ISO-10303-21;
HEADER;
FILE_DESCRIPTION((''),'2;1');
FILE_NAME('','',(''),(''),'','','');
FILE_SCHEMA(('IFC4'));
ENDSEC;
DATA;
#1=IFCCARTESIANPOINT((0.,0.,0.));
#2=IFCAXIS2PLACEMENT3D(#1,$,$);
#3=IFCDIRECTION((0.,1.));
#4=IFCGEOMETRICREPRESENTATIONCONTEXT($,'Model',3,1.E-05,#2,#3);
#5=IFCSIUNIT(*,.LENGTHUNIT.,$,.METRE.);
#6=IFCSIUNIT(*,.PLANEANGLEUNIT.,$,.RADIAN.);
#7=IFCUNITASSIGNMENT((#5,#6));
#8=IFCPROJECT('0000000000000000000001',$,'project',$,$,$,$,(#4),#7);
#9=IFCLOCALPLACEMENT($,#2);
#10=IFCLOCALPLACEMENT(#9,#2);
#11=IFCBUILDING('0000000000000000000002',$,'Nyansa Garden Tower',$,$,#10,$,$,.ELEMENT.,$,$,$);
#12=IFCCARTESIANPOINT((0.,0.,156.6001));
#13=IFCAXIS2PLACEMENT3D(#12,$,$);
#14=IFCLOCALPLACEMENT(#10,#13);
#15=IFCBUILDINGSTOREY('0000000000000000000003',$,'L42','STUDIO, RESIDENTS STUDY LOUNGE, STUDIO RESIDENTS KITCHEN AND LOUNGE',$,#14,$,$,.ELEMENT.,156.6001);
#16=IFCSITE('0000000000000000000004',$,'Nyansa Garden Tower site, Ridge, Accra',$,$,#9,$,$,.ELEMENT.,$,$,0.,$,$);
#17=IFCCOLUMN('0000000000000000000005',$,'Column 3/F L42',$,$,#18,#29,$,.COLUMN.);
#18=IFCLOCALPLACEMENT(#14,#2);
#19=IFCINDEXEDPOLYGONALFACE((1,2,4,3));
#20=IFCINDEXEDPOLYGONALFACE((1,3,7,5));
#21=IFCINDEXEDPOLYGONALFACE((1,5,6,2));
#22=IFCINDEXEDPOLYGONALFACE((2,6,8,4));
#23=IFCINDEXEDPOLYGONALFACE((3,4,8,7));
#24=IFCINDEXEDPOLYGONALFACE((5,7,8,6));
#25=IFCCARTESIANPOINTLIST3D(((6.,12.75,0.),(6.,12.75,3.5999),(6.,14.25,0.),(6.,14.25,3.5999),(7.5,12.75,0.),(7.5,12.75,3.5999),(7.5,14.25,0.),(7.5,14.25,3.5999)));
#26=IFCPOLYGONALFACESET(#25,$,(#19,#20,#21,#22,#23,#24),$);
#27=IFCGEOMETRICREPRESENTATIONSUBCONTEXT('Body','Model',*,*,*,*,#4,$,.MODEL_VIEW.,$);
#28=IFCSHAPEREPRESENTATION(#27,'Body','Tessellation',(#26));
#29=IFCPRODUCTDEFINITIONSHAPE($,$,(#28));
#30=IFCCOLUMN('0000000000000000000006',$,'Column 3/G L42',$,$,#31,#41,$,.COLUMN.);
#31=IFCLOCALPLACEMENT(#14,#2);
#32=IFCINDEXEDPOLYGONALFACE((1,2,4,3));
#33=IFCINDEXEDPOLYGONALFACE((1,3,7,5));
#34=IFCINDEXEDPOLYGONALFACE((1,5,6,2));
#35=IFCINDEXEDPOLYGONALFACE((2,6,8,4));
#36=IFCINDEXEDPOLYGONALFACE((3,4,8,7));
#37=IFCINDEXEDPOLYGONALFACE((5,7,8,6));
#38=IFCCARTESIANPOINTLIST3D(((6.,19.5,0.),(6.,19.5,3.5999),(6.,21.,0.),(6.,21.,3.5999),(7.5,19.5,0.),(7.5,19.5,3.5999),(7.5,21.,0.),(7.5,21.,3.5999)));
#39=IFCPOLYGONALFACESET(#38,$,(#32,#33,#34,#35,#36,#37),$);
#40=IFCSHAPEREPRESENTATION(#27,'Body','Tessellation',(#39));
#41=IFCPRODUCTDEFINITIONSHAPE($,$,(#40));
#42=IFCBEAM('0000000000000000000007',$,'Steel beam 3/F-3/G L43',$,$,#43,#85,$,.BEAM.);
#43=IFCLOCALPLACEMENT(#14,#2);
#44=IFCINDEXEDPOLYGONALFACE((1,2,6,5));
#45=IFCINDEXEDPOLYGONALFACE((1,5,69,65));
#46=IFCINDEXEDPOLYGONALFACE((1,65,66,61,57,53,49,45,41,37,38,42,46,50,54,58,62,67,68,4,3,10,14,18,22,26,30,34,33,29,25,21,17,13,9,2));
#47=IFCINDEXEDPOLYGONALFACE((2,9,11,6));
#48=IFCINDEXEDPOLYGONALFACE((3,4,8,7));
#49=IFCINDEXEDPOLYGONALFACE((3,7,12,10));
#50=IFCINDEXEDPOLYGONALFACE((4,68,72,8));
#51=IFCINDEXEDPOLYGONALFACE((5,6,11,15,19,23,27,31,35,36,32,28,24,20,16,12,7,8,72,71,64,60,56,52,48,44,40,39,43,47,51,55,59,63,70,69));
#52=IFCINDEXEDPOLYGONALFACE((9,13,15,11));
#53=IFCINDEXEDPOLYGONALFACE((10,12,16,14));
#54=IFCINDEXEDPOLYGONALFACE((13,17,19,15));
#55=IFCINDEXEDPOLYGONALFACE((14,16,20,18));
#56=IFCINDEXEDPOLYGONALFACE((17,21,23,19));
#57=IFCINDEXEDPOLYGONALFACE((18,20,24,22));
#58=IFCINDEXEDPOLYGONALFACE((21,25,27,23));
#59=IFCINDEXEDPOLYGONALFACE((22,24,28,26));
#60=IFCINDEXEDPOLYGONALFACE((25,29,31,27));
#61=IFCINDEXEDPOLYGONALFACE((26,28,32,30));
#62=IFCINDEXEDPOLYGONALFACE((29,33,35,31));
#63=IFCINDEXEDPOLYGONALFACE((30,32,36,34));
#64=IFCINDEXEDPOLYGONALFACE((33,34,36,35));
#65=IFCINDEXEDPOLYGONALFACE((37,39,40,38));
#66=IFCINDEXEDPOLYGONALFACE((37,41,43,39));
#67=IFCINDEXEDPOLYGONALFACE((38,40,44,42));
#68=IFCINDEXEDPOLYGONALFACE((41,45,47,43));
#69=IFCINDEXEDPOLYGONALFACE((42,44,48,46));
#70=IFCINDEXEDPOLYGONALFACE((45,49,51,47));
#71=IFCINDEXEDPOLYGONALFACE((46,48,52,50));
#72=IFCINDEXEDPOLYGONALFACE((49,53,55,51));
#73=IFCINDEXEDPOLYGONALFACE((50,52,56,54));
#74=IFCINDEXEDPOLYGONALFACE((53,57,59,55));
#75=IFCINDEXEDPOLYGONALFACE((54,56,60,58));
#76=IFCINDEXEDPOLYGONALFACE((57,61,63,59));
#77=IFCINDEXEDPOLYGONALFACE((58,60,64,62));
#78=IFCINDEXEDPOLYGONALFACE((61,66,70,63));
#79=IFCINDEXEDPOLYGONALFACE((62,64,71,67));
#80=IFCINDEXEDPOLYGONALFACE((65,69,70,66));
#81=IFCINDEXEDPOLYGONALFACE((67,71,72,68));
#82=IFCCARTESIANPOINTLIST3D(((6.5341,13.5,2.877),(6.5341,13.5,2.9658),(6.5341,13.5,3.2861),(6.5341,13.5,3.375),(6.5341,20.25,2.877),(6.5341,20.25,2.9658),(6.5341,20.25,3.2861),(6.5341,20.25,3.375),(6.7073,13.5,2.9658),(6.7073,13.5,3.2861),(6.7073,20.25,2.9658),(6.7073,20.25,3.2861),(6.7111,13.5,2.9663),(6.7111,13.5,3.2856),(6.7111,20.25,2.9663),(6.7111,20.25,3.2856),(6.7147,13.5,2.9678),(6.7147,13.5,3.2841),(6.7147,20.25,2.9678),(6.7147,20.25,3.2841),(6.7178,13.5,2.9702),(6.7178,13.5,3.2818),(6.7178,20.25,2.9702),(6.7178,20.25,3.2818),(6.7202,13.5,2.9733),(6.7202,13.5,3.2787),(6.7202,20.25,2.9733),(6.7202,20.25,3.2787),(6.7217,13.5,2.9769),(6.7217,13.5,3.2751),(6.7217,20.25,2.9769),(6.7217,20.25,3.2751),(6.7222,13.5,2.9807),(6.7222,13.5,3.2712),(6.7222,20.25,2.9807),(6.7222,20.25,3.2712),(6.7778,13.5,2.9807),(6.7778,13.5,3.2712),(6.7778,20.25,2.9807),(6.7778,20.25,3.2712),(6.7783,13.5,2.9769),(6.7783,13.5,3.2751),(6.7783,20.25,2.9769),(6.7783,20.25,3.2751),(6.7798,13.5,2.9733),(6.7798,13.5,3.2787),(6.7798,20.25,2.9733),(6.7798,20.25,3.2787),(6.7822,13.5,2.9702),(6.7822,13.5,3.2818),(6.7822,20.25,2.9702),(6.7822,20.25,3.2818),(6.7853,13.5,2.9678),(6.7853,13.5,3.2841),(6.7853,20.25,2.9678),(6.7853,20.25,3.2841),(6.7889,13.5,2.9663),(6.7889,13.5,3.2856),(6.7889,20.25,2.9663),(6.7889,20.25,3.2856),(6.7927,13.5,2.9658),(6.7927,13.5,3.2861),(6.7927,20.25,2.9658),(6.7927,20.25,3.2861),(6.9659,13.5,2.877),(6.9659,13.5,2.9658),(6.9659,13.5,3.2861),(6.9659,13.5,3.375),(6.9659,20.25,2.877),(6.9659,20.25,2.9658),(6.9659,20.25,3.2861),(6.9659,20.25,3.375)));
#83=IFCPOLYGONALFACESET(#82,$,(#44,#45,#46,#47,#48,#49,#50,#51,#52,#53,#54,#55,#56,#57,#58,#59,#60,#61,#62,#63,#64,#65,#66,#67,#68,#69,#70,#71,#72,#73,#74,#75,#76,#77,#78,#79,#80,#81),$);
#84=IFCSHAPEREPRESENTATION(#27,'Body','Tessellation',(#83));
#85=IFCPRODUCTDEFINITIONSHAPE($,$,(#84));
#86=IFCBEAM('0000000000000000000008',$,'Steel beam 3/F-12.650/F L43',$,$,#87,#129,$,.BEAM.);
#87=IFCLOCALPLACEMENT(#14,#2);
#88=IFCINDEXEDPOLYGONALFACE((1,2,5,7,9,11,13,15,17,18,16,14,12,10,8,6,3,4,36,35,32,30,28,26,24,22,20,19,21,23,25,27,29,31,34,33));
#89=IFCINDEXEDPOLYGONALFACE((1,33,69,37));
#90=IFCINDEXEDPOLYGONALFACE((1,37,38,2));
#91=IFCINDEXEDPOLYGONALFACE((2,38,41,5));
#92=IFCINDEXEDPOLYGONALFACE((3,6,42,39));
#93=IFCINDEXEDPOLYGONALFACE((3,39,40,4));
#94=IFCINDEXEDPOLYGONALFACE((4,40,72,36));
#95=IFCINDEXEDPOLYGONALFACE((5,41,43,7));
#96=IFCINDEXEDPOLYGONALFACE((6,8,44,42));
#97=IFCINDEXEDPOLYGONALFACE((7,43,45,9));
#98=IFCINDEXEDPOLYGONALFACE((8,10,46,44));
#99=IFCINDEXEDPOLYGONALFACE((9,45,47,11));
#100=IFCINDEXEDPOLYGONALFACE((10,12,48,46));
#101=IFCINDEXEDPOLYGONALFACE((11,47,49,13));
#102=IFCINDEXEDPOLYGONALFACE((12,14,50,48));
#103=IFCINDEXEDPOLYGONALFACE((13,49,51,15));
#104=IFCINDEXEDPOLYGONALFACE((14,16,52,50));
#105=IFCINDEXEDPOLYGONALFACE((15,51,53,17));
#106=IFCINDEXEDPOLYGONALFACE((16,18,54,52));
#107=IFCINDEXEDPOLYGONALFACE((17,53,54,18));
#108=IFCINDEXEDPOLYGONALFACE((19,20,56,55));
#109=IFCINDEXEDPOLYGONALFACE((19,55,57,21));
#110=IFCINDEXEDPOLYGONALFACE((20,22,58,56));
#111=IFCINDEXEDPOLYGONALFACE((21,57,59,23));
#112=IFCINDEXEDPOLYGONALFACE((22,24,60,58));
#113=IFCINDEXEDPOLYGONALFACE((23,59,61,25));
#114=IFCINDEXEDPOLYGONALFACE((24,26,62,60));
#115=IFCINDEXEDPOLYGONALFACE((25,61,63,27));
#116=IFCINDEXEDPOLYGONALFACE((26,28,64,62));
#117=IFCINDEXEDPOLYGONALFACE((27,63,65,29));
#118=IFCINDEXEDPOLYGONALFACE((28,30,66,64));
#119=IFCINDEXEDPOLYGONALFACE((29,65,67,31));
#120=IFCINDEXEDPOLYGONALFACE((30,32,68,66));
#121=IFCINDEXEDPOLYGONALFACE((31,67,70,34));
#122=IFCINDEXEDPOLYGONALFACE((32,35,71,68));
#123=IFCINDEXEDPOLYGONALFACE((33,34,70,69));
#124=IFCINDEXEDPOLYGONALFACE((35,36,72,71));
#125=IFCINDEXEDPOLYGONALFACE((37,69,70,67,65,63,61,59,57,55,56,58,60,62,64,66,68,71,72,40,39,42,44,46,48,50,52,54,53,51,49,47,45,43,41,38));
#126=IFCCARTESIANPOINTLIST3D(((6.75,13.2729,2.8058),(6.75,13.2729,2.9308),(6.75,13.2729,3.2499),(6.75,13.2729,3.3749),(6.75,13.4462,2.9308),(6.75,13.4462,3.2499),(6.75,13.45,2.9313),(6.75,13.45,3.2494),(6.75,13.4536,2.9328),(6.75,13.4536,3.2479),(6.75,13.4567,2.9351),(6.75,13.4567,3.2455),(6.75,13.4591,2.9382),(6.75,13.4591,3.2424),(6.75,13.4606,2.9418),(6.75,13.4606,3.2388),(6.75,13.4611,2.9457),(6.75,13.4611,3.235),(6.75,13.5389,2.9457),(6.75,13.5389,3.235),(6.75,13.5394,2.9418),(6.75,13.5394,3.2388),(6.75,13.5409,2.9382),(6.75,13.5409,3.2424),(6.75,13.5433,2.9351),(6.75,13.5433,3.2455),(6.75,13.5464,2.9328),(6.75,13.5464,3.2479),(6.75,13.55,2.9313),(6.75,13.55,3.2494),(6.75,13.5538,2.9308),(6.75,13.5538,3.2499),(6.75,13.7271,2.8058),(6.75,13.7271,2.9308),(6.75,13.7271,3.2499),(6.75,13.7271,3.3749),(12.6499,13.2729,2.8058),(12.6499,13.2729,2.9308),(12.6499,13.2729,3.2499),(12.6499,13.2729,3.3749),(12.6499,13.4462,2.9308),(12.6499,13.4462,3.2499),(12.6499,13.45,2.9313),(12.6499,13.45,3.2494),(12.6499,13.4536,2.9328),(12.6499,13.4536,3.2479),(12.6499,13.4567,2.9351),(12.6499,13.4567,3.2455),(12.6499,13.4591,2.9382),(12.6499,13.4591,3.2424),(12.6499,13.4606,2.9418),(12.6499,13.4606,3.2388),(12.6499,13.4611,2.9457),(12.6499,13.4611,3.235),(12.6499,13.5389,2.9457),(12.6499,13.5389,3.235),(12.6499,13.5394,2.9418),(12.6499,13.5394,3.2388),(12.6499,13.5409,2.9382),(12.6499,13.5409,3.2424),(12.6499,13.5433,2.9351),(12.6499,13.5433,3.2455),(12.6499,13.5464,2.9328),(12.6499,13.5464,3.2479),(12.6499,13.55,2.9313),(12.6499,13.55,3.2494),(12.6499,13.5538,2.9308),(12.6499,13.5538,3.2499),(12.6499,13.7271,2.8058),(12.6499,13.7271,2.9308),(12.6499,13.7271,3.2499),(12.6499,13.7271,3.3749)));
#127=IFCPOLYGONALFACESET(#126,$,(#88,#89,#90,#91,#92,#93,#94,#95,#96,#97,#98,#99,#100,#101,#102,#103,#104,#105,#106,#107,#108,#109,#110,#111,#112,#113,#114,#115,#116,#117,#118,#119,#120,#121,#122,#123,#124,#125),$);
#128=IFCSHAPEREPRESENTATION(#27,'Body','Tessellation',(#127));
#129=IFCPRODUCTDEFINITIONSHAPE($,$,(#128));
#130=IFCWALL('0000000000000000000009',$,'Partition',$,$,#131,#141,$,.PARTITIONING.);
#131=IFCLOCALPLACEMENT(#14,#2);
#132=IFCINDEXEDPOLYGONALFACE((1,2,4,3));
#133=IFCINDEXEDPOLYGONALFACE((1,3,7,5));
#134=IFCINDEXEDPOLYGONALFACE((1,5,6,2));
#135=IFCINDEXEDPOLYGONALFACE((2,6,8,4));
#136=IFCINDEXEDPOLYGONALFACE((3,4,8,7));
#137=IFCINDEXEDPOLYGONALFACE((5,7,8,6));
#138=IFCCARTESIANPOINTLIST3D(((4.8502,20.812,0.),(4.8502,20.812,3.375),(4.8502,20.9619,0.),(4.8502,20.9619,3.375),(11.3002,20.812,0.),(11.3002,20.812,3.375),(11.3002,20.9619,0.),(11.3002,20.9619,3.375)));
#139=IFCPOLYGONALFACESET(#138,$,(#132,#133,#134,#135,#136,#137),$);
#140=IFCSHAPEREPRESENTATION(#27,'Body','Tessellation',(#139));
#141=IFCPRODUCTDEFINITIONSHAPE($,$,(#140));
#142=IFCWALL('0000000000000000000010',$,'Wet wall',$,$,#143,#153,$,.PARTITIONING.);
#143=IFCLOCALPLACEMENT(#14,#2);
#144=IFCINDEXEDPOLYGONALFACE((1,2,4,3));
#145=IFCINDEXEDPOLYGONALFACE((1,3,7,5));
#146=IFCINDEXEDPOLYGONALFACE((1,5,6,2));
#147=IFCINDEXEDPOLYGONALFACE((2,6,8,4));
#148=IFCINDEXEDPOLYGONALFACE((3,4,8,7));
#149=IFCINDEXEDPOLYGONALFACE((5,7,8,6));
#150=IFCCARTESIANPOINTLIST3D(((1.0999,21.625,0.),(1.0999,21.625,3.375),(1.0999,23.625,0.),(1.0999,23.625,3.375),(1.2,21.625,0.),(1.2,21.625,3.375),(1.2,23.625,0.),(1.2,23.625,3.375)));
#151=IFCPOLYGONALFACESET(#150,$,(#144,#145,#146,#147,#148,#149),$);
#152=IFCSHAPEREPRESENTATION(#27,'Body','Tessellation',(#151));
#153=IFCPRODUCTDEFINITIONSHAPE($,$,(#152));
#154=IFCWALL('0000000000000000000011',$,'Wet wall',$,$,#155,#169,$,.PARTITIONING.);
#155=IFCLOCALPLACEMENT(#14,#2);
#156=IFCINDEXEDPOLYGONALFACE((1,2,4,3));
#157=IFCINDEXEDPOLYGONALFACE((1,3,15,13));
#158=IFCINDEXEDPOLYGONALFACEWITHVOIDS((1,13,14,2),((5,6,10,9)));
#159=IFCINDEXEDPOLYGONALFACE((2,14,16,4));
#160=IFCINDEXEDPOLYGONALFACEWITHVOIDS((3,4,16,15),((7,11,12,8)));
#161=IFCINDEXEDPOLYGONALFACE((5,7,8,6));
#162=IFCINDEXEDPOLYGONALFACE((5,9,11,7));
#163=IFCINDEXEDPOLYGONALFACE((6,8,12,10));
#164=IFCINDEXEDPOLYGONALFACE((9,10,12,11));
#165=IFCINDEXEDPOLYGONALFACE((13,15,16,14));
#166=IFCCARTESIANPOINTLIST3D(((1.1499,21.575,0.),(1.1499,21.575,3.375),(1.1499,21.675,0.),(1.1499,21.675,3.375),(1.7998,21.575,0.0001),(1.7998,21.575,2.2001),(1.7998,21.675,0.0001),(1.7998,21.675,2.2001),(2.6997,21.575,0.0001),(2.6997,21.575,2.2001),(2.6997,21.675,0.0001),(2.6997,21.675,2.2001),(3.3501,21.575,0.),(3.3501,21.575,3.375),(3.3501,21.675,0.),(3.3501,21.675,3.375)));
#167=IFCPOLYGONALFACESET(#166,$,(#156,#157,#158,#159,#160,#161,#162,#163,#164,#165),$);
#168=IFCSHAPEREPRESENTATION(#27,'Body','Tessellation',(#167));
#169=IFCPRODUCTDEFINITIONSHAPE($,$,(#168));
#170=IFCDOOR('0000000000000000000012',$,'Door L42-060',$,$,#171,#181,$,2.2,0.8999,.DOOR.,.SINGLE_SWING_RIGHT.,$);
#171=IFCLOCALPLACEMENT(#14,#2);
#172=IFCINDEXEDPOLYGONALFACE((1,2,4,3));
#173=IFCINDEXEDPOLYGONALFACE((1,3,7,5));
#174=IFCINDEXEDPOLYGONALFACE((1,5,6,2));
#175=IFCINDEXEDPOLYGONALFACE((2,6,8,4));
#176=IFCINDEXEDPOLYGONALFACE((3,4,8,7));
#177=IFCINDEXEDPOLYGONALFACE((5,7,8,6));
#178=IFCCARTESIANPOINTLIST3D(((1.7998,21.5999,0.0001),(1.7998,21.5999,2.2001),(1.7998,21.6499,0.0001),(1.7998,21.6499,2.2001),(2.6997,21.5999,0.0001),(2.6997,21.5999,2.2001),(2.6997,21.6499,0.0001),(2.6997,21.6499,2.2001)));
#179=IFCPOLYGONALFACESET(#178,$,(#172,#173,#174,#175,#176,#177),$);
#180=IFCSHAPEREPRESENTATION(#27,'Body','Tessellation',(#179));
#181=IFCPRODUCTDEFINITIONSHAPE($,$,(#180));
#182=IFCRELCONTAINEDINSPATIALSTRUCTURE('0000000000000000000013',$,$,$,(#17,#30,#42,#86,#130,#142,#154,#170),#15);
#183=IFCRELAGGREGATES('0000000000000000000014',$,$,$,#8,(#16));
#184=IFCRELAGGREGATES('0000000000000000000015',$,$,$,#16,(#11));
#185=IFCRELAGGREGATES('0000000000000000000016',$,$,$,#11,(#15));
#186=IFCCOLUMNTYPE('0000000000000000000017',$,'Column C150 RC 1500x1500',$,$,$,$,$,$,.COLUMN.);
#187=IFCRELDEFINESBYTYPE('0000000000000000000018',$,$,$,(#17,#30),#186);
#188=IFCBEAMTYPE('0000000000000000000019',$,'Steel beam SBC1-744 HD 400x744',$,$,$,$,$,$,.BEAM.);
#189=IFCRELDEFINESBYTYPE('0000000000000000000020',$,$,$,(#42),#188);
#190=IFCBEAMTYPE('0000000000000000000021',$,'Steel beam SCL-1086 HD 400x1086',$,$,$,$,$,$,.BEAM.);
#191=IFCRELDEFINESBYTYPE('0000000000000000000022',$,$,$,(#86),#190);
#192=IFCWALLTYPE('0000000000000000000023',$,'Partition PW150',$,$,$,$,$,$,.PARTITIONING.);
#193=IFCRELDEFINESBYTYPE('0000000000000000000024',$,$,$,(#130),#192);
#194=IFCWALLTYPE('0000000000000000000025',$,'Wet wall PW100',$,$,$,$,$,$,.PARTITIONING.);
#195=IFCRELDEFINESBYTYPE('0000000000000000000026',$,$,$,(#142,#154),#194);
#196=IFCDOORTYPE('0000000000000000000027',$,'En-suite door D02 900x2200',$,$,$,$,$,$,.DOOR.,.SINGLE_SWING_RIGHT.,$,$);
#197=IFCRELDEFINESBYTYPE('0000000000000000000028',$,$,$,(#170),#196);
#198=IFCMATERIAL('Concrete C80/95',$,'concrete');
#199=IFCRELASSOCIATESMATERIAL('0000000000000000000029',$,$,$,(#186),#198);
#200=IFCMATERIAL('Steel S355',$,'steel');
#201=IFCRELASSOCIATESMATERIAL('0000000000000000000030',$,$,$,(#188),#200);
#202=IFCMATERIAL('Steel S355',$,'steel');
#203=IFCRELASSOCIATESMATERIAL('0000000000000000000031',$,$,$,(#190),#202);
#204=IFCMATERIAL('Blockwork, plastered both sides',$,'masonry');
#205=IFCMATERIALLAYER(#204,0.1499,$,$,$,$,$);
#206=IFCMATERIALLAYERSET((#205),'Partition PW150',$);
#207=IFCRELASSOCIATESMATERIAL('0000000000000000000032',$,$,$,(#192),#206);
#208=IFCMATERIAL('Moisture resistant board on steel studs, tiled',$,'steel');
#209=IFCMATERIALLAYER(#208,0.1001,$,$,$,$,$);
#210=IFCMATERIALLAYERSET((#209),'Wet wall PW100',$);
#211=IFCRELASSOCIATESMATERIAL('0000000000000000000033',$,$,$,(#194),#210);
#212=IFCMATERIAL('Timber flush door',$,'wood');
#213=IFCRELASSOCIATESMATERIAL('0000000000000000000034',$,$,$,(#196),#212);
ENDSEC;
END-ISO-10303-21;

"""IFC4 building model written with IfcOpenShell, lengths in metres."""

from ifc_helpers import new_model, si_unit, direction, frame, frame_2d, origin, origin_2d, place, context, subcontext, project, spatial, rectangle, i_section, extrude, material, layer, layer_set, material_profile, profile_set, type_object, element, fill, save


model = new_model("IFC4")

# Units and contexts
model_context = context("Model", 3, precision=1e-05, world=origin(), true_north=direction((0.0, 1.0)))
body_context = subcontext(model_context, "Body", "Model", "MODEL_VIEW")
ifc_project = project(units=[si_unit("LENGTHUNIT", "METRE"), si_unit("PLANEANGLEUNIT", "RADIAN")], contexts=[model_context])

# Site, building, storey
site_placement = place(None, origin())
site = spatial("IfcSite", under=ifc_project, at=site_placement, Name="Nyansa Garden Tower site, Ridge, Accra", CompositionType="ELEMENT", RefElevation=0.0)
building_placement = place(site_placement, origin())
building = spatial("IfcBuilding", under=site, at=building_placement, Name="Nyansa Garden Tower", CompositionType="ELEMENT")
storey_placement = place(building_placement, frame((0.0, 0.0, 156.6001)))
storey = spatial("IfcBuildingStorey", under=building, at=storey_placement, Name="L42", Description="STUDIO, RESIDENTS STUDY LOUNGE, STUDIO RESIDENTS KITCHEN AND LOUNGE", CompositionType="ELEMENT", Elevation=156.6001)

# Columns
ifc_material_1 = material(Name="Concrete C80/95", Category="concrete")
ifc_material_profile_1 = material_profile(ifc_material_1, rectangle(XDim=1.5, YDim=1.5, at=origin_2d()), Name="RC 1500x1500")
ifc_profile_set_1 = profile_set([ifc_material_profile_1], Name="Concrete C80/95")
column_type = type_object("IfcColumnType", Name="Column C150 RC 1500x1500", PredefinedType="COLUMN", material=ifc_profile_set_1)
for number, where, z_axis, x_axis, name in (
    (1, (6.75, 13.5, 0.0), (0.0, 0.0, 1.0), (1.0, 0.0, 0.0), "Column 3/F L42"),
    (2, (6.75, 20.25, 0.0), (0.0, 0.0, 1.0), (1.0, 0.0, 0.0), "Column 3/G L42"),
):
    element("IfcColumn", number, at=place(storey_placement, frame(where, z_axis=z_axis, x_axis=x_axis)), inside=storey, type_object=column_type, Name=name, PredefinedType="COLUMN", context=body_context, shape_type="SweptSolid", body=[
        extrude(rectangle(XDim=1.5, YDim=1.5, at=origin_2d()), origin(), (0.0, 0.0, 1.0), 3.5999),
    ])

# Beams
ifc_material_2 = material(Name="Steel S355", Category="steel")
ifc_material_profile_2 = material_profile(ifc_material_2, i_section(OverallWidth=0.4319, OverallDepth=0.498, WebThickness=0.0557, FlangeThickness=0.0889, FilletRadius=0.0149, at=origin_2d()), Name="HD 400x744")
ifc_profile_set_2 = profile_set([ifc_material_profile_2], Name="Steel S355")
beam_type_1 = type_object("IfcBeamType", Name="Steel beam SBC1-744 HD 400x744", PredefinedType="BEAM", material=ifc_profile_set_2)
beam_1_placement = place(storey_placement, frame((6.75, 13.5, 3.126), z_axis=(0.0, 1.0, 0.0), x_axis=(-1.0, 0.0, 0.0)))
element("IfcBeam", 3, at=beam_1_placement, inside=storey, type_object=beam_type_1, Name="Steel beam 3/F-3/G L43", PredefinedType="BEAM", context=body_context, shape_type="SweptSolid", body=[
    extrude(i_section(OverallWidth=0.4319, OverallDepth=0.498, WebThickness=0.0557, FlangeThickness=0.0889, FilletRadius=0.0149, at=origin_2d()), origin(), (0.0, 0.0, 1.0), 6.75),
])
ifc_material_3 = material(Name="Steel S355", Category="steel")
ifc_material_profile_3 = material_profile(ifc_material_3, i_section(OverallWidth=0.4541, OverallDepth=0.5691, WebThickness=0.0779, FlangeThickness=0.125, FilletRadius=0.0149, at=origin_2d()), Name="HD 400x1086")
ifc_profile_set_3 = profile_set([ifc_material_profile_3], Name="Steel S355")
beam_type_2 = type_object("IfcBeamType", Name="Steel beam SCL-1086 HD 400x1086", PredefinedType="BEAM", material=ifc_profile_set_3)
beam_2_placement = place(storey_placement, frame((6.75, 13.5, 3.0903), z_axis=(1.0, 0.0, 0.0), x_axis=(0.0, 1.0, 0.0)))
element("IfcBeam", 4, at=beam_2_placement, inside=storey, type_object=beam_type_2, Name="Steel beam 3/F-12.650/F L43", PredefinedType="BEAM", context=body_context, shape_type="SweptSolid", body=[
    extrude(i_section(OverallWidth=0.4541, OverallDepth=0.5691, WebThickness=0.0779, FlangeThickness=0.125, FilletRadius=0.0149, at=origin_2d()), origin(), (0.0, 0.0, 1.0), 5.8999),
])

# Walls
ifc_material_4 = material(Name="Blockwork, plastered both sides", Category="masonry")
ifc_layer_1 = layer(ifc_material_4, 0.1499)
ifc_layer_set_1 = layer_set([ifc_layer_1], Name="Partition PW150")
wall_type_1 = type_object("IfcWallType", Name="Partition PW150", PredefinedType="PARTITIONING", material=ifc_layer_set_1)
wall_1_placement = place(storey_placement, frame((4.8501, 20.887, 0.0), z_axis=(0.0, 0.0, 1.0), x_axis=(1.0, 0.0, 0.0)))
element("IfcWall", 5, at=wall_1_placement, inside=storey, type_object=wall_type_1, Name="Partition", PredefinedType="PARTITIONING", context=body_context, shape_type="SweptSolid", body=[
    extrude(rectangle(XDim=6.45, YDim=0.1499, at=frame_2d((3.2251, 0.0))), origin(), (0.0, 0.0, 1.0), 3.375),
])
ifc_material_5 = material(Name="Moisture resistant board on steel studs, tiled", Category="steel")
ifc_layer_2 = layer(ifc_material_5, 0.1001)
ifc_layer_set_2 = layer_set([ifc_layer_2], Name="Wet wall PW100")
wall_type_2 = type_object("IfcWallType", Name="Wet wall PW100", PredefinedType="PARTITIONING", material=ifc_layer_set_2)
wall_2_placement = place(storey_placement, frame((1.1499, 21.625, 0.0), z_axis=(0.0, 0.0, 1.0), x_axis=(0.0, 1.0, 0.0)))
element("IfcWall", 6, at=wall_2_placement, inside=storey, type_object=wall_type_2, Name="Wet wall", PredefinedType="PARTITIONING", context=body_context, shape_type="SweptSolid", body=[
    extrude(rectangle(XDim=2.0, YDim=0.1001, at=frame_2d((1.0, 0.0))), origin(), (0.0, 0.0, 1.0), 3.375),
])

# Wall, opening, door
wall_3_placement = place(storey_placement, frame((1.1499, 21.625, 0.0), z_axis=(0.0, 0.0, 1.0), x_axis=(1.0, 0.0, 0.0)))
wall_3 = element("IfcWall", 7, at=wall_3_placement, inside=storey, type_object=wall_type_2, Name="Wet wall", PredefinedType="PARTITIONING", context=body_context, shape_type="SweptSolid", body=[
    extrude(rectangle(XDim=2.2002, YDim=0.1001, at=frame_2d((1.1001, 0.0))), origin(), (0.0, 0.0, 1.0), 3.375),
])
opening_1_placement = place(wall_3_placement, frame((0.6499, 0.0, 0.0)))
opening_1 = element("IfcOpeningElement", 8, at=opening_1_placement, cuts=wall_3, PredefinedType="OPENING", context=body_context, shape_type="SweptSolid", body=[
    extrude(rectangle(XDim=0.8999, YDim=2.2, at=frame_2d((0.45, 1.1001))), frame((0.0, 0.0601, 0.0), z_axis=(0.0, -1.0, 0.0), x_axis=(1.0, 0.0, 0.0)), (0.0, 0.0, 1.0), 0.1201),
])
ifc_material_6 = material(Name="Timber flush door", Category="wood")
door_type = type_object("IfcDoorType", Name="En-suite door D02 900x2200", OperationType="SINGLE_SWING_RIGHT", PredefinedType="DOOR", material=ifc_material_6)
door_1_placement = place(opening_1_placement, origin())
door_1 = element("IfcDoor", 9, at=door_1_placement, inside=storey, type_object=door_type, Name="Door L42-060", OperationType="SINGLE_SWING_RIGHT", OverallHeight=2.2, OverallWidth=0.8999, PredefinedType="DOOR", context=body_context, shape_type="SweptSolid", body=[
    extrude(rectangle(XDim=0.8999, YDim=2.2, at=frame_2d((0.45, 1.1001))), frame((0.0, 0.0249, 0.0), z_axis=(0.0, -1.0, 0.0), x_axis=(1.0, 0.0, 0.0)), (0.0, 0.0, 1.0), 0.05),
])
fill(opening_1, door_1)

save(model, "model.ifc")
